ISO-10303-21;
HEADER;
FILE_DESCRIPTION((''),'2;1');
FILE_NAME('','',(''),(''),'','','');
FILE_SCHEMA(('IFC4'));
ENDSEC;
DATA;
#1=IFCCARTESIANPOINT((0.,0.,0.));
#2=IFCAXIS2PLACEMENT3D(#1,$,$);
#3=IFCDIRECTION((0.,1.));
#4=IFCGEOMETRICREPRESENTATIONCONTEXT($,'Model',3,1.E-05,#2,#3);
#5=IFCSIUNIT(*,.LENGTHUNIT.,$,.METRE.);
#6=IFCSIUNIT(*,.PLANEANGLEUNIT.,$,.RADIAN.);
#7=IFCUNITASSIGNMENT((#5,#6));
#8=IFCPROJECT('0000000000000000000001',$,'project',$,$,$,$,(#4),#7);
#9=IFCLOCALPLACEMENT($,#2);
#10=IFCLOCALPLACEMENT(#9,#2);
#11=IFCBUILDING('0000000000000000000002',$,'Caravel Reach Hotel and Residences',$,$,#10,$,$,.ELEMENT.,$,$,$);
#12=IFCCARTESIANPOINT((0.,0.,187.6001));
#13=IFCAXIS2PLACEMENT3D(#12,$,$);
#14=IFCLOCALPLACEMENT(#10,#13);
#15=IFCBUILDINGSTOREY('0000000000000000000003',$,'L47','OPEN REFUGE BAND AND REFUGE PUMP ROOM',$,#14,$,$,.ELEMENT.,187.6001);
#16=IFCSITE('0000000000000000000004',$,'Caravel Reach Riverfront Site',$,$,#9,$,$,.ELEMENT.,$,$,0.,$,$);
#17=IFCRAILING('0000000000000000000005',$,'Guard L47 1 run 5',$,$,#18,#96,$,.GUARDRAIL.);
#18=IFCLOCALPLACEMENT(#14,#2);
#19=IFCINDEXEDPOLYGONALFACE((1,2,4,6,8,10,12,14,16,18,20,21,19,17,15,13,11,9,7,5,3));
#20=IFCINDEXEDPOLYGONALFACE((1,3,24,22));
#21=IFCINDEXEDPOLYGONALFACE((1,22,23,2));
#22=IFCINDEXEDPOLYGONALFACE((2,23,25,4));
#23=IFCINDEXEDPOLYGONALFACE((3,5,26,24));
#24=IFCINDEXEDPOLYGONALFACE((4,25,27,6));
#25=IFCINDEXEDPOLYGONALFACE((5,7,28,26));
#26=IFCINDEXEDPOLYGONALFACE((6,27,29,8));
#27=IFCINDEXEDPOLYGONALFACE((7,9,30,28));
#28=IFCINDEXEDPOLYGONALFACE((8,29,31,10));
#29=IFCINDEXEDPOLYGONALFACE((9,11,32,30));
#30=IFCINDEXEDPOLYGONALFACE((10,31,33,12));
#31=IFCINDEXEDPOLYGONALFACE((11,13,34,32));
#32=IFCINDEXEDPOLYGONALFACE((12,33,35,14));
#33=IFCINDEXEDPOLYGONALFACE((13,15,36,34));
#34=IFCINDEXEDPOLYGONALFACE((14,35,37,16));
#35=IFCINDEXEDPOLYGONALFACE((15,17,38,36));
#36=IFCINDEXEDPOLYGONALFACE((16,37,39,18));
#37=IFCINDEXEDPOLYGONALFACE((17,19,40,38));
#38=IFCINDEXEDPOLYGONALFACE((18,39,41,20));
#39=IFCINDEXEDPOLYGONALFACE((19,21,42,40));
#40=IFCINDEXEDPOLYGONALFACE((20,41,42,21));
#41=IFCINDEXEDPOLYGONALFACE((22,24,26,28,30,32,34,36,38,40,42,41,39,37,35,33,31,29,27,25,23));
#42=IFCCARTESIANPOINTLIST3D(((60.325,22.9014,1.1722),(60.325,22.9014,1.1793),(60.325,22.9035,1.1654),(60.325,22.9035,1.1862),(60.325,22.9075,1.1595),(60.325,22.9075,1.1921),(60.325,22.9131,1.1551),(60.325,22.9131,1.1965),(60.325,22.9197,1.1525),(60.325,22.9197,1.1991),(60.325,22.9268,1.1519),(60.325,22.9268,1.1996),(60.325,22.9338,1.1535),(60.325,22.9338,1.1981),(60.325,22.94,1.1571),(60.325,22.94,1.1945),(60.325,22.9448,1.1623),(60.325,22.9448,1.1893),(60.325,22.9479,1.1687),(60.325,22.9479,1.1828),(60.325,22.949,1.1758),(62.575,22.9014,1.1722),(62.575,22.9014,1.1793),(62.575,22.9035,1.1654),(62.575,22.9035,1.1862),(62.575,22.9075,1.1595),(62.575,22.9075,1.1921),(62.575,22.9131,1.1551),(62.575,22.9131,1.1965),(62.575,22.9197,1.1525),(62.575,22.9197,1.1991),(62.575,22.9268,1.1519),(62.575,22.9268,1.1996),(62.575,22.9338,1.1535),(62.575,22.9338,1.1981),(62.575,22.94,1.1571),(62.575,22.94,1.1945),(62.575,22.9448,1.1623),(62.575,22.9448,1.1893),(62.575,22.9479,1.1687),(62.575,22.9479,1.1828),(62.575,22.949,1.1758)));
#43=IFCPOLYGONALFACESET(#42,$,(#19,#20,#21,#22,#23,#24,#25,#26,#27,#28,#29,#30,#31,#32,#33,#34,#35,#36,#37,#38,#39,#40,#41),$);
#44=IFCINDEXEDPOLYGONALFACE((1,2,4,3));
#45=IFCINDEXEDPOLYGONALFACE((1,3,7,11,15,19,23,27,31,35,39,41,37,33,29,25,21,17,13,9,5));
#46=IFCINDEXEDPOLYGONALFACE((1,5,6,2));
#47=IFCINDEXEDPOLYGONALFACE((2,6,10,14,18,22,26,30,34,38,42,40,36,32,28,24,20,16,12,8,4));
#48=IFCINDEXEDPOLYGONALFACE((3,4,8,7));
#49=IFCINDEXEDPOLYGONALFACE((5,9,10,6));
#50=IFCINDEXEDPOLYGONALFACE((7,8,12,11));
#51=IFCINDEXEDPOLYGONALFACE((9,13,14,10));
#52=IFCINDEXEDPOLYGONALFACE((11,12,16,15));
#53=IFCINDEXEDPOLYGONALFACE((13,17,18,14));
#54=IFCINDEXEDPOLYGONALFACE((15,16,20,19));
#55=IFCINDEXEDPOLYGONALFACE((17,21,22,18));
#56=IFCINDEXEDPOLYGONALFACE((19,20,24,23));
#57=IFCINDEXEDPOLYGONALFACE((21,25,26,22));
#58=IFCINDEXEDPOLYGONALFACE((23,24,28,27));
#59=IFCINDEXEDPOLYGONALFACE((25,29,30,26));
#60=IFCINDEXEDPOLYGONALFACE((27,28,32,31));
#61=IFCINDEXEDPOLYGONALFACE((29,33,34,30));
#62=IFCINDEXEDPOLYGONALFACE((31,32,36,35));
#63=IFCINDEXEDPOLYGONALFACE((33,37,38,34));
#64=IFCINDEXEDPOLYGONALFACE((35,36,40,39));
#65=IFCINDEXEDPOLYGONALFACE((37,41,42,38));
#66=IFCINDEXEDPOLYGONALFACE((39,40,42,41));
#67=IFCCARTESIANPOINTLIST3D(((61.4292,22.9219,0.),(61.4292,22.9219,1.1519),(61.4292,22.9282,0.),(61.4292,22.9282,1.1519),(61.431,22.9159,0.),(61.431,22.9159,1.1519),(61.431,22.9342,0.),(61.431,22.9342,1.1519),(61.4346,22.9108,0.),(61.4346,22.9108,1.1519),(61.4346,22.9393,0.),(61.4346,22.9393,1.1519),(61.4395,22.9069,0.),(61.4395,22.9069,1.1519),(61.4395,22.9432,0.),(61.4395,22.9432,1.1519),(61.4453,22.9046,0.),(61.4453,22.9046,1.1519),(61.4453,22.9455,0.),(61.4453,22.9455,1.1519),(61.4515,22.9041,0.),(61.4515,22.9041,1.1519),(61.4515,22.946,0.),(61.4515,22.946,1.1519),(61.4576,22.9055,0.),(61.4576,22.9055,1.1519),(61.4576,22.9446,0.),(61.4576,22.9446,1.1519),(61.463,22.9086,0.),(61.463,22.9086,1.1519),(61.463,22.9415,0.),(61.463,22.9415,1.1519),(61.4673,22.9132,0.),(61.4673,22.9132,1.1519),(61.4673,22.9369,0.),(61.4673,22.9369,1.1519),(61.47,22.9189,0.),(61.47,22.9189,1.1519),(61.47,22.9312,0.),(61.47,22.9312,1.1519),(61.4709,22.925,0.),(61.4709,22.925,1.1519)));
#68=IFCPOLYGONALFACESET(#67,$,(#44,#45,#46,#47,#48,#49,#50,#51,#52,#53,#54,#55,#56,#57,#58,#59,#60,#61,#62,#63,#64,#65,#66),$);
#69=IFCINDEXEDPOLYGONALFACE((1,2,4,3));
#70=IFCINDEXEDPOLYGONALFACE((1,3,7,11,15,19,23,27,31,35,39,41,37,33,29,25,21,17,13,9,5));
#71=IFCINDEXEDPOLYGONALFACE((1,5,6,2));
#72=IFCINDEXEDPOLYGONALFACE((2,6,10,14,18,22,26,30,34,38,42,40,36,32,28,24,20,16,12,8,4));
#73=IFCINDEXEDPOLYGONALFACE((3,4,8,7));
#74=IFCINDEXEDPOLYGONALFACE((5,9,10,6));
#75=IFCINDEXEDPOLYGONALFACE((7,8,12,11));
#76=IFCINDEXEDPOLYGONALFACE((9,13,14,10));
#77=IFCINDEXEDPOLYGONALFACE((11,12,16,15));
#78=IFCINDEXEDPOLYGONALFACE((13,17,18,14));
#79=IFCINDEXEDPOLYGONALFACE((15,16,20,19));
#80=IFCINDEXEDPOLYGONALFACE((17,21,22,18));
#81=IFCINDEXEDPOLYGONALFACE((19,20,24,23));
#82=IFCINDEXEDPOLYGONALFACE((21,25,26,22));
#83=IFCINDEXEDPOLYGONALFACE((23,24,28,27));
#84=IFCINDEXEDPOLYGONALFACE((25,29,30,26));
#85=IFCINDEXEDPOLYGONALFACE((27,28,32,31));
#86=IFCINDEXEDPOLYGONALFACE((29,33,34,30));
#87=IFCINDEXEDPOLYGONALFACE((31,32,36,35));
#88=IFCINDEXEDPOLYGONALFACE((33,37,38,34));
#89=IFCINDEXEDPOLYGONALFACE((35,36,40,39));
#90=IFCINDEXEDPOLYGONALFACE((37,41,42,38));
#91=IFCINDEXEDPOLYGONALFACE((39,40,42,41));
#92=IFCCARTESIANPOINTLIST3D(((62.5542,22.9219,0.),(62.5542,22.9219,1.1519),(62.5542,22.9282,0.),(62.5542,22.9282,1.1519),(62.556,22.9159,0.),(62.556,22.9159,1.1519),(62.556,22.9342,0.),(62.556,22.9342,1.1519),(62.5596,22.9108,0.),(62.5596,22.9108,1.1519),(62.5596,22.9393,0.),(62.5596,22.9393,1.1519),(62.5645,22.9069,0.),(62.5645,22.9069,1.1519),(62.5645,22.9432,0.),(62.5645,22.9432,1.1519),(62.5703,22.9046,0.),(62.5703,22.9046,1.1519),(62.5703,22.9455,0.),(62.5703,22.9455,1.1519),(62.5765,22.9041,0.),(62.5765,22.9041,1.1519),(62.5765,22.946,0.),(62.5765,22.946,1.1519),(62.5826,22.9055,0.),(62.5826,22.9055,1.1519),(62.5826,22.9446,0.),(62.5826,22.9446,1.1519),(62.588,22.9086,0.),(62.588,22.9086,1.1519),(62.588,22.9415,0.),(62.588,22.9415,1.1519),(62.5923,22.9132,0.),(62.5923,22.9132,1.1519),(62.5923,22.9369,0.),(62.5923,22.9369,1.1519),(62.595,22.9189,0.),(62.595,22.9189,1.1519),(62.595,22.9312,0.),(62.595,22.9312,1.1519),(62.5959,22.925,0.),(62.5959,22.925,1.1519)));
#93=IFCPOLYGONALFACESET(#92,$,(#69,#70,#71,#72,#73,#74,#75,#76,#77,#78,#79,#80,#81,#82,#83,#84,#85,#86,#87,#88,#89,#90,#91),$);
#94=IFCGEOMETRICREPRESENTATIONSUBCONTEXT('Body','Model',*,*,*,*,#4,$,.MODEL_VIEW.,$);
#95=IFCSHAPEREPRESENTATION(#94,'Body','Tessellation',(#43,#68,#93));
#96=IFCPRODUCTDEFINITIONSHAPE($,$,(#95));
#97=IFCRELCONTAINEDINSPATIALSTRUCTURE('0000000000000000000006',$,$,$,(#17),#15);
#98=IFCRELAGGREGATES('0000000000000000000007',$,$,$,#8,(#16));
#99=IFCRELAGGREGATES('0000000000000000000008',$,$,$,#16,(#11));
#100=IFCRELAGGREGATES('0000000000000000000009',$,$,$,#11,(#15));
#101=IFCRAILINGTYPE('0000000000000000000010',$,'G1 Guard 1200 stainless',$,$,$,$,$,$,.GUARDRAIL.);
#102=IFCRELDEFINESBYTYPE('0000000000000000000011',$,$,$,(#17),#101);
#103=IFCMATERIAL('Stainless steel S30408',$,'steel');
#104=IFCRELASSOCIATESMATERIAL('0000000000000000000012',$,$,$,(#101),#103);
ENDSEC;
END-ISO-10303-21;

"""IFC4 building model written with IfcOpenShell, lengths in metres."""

from ifc_helpers import new_model, si_unit, direction, frame, origin, origin_2d, place, context, subcontext, project, spatial, circle, extrude, material, type_object, element, save


model = new_model("IFC4")

# Units and contexts
model_context = context("Model", 3, precision=1e-05, world=origin(), true_north=direction((0.0, 1.0)))
body_context = subcontext(model_context, "Body", "Model", "MODEL_VIEW")
ifc_project = project(units=[si_unit("LENGTHUNIT", "METRE"), si_unit("PLANEANGLEUNIT", "RADIAN")], contexts=[model_context])

# Site, building, storey
site_placement = place(None, origin())
site = spatial("IfcSite", under=ifc_project, at=site_placement, Name="Caravel Reach Riverfront Site", CompositionType="ELEMENT", RefElevation=0.0)
building_placement = place(site_placement, origin())
building = spatial("IfcBuilding", under=site, at=building_placement, Name="Caravel Reach Hotel and Residences", CompositionType="ELEMENT")
storey_placement = place(building_placement, frame((0.0, 0.0, 187.6001)))
storey = spatial("IfcBuildingStorey", under=building, at=storey_placement, Name="L47", Description="OPEN REFUGE BAND AND REFUGE PUMP ROOM", CompositionType="ELEMENT", Elevation=187.6001)

# Railing
ifc_material_1 = material(Name="Stainless steel S30408", Category="steel")
railing_type = type_object("IfcRailingType", Name="G1 Guard 1200 stainless", PredefinedType="GUARDRAIL", material=ifc_material_1)
railing_1_placement = place(storey_placement, frame((60.325, 22.925, 0.0)))
element("IfcRailing", 1, at=railing_1_placement, inside=storey, type_object=railing_type, Name="Guard L47 1 run 5", PredefinedType="GUARDRAIL", context=body_context, shape_type="SweptSolid", body=[
    extrude(circle(Radius=0.0239, at=origin_2d()), frame((0.0, 0.0, 1.1758), z_axis=(1.0, 0.0, 0.0), x_axis=(0.0, 1.0, 0.0)), (0.0, 0.0, 1.0), 2.25),
    extrude(circle(Radius=0.021, at=origin_2d()), frame((1.125, 0.0, 0.0)), (0.0, 0.0, 1.0), 1.1519),
    extrude(circle(Radius=0.021, at=origin_2d()), frame((2.25, 0.0, 0.0)), (0.0, 0.0, 1.0), 1.1519),
])

save(model, "model.ifc")
